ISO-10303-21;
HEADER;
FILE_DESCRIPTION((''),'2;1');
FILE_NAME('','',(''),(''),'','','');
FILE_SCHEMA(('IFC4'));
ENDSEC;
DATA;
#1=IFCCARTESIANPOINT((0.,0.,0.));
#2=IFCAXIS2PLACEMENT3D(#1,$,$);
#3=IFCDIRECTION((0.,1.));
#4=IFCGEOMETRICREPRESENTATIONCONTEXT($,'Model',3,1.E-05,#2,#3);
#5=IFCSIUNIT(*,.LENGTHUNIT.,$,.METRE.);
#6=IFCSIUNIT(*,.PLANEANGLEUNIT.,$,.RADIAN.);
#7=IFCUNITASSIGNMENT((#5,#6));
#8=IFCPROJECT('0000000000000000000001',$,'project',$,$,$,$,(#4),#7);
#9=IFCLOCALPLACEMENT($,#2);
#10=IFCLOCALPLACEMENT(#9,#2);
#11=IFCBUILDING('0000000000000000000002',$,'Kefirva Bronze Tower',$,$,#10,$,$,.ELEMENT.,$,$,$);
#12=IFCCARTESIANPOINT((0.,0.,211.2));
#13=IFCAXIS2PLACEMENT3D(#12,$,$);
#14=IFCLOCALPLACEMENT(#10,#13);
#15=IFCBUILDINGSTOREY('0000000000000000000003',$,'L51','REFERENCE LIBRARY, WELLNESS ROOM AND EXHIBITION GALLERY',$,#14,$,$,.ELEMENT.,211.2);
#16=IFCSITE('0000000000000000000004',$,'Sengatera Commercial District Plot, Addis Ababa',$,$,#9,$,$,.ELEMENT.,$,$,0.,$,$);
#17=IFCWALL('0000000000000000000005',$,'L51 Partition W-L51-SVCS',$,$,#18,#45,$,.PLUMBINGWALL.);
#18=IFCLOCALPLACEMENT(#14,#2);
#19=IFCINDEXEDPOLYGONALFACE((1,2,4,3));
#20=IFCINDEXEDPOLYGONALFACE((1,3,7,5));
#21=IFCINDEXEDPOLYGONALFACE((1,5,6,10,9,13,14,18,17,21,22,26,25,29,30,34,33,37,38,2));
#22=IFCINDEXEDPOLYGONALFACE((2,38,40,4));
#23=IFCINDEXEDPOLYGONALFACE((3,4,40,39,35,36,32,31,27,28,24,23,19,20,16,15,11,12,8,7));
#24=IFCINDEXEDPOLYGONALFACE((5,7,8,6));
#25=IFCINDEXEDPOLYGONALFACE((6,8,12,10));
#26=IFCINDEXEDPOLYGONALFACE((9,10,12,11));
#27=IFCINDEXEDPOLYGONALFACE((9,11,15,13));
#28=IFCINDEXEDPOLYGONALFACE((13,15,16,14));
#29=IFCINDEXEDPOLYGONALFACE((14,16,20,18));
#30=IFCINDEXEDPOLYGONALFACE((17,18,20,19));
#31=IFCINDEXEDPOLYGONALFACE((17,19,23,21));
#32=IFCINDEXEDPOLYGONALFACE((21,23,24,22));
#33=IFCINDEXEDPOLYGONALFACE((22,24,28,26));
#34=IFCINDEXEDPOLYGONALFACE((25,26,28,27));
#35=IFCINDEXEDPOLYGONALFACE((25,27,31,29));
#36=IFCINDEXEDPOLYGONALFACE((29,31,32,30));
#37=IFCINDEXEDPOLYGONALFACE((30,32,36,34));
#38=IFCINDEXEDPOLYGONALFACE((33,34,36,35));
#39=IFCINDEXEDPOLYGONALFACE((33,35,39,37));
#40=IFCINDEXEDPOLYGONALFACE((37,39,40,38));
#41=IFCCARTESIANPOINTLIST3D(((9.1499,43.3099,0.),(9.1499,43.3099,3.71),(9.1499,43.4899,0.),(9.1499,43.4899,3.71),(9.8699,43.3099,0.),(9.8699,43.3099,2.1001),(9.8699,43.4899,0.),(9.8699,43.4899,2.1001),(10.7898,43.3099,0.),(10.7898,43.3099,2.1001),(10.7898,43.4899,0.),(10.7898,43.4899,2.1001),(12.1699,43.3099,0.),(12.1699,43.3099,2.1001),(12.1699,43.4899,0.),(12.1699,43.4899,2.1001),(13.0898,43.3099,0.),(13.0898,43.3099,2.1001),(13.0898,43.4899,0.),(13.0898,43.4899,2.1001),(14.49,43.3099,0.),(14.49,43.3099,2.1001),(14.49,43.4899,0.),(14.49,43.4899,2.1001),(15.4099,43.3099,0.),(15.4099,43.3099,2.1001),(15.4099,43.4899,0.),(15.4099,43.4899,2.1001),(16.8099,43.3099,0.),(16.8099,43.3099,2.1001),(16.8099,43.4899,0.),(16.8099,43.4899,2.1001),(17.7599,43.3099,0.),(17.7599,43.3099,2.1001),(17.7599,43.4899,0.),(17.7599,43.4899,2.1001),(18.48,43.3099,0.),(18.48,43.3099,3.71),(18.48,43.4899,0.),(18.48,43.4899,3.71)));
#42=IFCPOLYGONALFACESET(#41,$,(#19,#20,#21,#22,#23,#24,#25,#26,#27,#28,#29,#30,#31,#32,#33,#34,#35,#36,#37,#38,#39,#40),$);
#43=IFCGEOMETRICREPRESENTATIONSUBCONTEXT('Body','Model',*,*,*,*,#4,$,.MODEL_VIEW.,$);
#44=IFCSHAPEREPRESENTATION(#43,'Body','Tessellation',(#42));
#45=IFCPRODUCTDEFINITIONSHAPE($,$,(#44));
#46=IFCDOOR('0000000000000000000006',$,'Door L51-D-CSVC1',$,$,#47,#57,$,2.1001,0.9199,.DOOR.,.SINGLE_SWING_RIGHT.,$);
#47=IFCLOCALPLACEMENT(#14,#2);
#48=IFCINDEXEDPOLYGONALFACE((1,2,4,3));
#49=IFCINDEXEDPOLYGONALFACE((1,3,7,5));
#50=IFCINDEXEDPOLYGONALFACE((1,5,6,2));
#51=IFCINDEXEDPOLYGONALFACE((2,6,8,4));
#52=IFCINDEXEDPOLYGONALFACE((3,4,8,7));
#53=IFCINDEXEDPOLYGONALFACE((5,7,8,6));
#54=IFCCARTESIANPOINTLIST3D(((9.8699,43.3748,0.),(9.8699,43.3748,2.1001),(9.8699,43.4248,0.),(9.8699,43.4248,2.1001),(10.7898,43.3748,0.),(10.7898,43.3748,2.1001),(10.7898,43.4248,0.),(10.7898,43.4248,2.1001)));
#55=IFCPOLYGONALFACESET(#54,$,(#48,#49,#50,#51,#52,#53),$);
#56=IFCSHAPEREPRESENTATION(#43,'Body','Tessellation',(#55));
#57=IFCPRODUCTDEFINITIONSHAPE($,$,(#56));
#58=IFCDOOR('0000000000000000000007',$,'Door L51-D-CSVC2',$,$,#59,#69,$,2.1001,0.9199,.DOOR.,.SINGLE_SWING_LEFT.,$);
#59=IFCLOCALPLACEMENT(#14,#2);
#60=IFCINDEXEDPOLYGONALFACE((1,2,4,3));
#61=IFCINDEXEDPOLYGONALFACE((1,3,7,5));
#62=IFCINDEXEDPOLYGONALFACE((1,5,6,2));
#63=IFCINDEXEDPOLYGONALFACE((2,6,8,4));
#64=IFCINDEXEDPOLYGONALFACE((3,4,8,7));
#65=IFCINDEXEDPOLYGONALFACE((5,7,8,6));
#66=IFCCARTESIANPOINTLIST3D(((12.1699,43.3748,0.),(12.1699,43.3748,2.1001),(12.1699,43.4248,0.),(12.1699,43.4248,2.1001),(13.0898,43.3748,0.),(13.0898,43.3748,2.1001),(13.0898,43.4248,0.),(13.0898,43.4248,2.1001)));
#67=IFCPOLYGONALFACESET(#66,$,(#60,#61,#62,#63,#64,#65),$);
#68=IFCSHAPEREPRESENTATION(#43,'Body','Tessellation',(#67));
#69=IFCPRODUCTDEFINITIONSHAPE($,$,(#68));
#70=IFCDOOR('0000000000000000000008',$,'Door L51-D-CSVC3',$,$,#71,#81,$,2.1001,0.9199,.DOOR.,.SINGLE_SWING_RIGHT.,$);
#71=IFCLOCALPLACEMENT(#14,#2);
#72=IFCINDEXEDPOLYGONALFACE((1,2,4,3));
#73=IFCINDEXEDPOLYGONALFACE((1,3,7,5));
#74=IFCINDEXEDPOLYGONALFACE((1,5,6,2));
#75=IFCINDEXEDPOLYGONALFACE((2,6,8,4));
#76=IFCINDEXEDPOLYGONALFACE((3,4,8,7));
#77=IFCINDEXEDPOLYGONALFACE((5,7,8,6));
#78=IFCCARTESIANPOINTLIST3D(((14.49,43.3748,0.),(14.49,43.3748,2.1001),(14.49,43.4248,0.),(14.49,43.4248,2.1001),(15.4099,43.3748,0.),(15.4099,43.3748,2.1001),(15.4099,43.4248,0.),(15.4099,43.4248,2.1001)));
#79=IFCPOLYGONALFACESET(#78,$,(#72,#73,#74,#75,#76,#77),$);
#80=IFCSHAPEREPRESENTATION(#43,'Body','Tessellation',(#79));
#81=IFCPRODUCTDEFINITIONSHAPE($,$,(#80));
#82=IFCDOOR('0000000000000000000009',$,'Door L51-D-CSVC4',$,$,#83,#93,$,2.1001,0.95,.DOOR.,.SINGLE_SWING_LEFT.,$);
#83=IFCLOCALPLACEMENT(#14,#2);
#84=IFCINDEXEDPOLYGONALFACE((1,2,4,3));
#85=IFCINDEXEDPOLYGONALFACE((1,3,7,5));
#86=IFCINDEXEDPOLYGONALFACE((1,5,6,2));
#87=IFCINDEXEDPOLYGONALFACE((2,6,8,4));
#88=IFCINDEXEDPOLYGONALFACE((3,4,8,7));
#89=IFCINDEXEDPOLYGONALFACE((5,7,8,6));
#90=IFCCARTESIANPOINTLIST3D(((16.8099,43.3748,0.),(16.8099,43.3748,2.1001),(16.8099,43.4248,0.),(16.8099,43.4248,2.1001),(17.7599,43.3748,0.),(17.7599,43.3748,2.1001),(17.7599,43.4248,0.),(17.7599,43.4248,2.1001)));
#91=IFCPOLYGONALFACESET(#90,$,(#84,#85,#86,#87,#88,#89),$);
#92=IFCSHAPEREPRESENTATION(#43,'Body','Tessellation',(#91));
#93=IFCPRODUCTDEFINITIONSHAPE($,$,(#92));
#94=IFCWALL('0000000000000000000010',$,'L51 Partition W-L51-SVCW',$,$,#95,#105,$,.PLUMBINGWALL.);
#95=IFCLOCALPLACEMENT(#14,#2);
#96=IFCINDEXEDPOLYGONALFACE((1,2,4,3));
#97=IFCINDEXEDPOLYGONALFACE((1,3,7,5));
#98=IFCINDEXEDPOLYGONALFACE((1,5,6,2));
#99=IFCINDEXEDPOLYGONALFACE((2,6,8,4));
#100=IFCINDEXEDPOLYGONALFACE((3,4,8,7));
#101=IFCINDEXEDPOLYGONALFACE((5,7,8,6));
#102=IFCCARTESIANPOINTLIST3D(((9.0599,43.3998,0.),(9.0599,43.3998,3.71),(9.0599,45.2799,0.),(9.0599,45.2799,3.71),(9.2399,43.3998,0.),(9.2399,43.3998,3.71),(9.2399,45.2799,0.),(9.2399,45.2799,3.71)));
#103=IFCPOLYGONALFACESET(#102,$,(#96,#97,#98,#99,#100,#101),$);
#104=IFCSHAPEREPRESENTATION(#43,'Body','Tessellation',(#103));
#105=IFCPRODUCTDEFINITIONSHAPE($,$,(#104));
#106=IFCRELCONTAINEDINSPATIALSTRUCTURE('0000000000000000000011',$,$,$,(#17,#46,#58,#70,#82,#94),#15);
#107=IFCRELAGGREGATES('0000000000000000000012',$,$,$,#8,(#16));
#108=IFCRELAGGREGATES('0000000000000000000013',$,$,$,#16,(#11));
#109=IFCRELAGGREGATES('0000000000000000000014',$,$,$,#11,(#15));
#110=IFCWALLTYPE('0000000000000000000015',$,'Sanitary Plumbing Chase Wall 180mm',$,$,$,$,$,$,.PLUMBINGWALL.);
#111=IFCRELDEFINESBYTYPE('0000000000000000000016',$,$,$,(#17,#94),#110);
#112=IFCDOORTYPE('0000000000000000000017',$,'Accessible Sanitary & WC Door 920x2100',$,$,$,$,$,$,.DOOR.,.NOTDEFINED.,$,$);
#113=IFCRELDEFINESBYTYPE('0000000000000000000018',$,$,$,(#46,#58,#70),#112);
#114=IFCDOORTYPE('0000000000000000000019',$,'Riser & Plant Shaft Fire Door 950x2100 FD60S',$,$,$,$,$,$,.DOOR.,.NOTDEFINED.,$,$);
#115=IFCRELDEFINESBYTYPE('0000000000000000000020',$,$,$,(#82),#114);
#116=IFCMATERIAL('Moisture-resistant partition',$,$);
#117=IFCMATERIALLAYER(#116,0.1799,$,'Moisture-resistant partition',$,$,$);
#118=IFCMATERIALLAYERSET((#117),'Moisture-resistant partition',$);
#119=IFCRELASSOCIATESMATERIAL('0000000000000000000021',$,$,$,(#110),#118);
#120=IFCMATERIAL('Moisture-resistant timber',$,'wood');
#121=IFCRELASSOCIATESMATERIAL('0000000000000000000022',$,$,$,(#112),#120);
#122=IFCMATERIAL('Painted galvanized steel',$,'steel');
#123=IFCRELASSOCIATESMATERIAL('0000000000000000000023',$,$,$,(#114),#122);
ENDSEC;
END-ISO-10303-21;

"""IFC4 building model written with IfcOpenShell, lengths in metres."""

from ifc_helpers import new_model, si_unit, direction, frame, frame_2d, origin, place, context, subcontext, project, spatial, rectangle, extrude, material, layer, layer_set, type_object, element, fill, save


model = new_model("IFC4")

# Units and contexts
model_context = context("Model", 3, precision=1e-05, world=origin(), true_north=direction((0.0, 1.0)))
body_context = subcontext(model_context, "Body", "Model", "MODEL_VIEW")
ifc_project = project(units=[si_unit("LENGTHUNIT", "METRE"), si_unit("PLANEANGLEUNIT", "RADIAN")], contexts=[model_context])

# Site, building, storey
site_placement = place(None, origin())
site = spatial("IfcSite", under=ifc_project, at=site_placement, Name="Sengatera Commercial District Plot, Addis Ababa", CompositionType="ELEMENT", RefElevation=0.0)
building_placement = place(site_placement, origin())
building = spatial("IfcBuilding", under=site, at=building_placement, Name="Kefirva Bronze Tower", CompositionType="ELEMENT")
storey_placement = place(building_placement, frame((0.0, 0.0, 211.2)))
storey = spatial("IfcBuildingStorey", under=building, at=storey_placement, Name="L51", Description="REFERENCE LIBRARY, WELLNESS ROOM AND EXHIBITION GALLERY", CompositionType="ELEMENT", Elevation=211.2)

# Wall, openings, doors
ifc_material_1 = material(Name="Moisture-resistant partition")
ifc_layer_1 = layer(ifc_material_1, 0.1799, Name="Moisture-resistant partition")
ifc_layer_set_1 = layer_set([ifc_layer_1], Name="Moisture-resistant partition")
wall_type_1 = type_object("IfcWallType", Name="Sanitary Plumbing Chase Wall 180mm", PredefinedType="PLUMBINGWALL", material=ifc_layer_set_1)
wall_1_placement = place(storey_placement, frame((9.1499, 43.3999, 0.0), z_axis=(0.0, 0.0, 1.0), x_axis=(1.0, 0.0, 0.0)))
wall_1 = element("IfcWall", 1, at=wall_1_placement, inside=storey, type_object=wall_type_1, Name="L51 Partition W-L51-SVCS", PredefinedType="PLUMBINGWALL", context=body_context, shape_type="SweptSolid", body=[
    extrude(rectangle(XDim=9.3301, YDim=0.1799, at=frame_2d((4.665, 0.0))), origin(), (0.0, 0.0, 1.0), 3.71),
])
opening_1_placement = place(wall_1_placement, frame((0.72, 0.0, 0.0)))
opening_1 = element("IfcOpeningElement", 2, at=opening_1_placement, cuts=wall_1, PredefinedType="OPENING", context=body_context, shape_type="SweptSolid", body=[
    extrude(rectangle(XDim=0.9199, YDim=2.1001, at=frame_2d((0.46, 1.05))), frame((0.0, 0.1001, 0.0), z_axis=(0.0, -1.0, 0.0), x_axis=(1.0, 0.0, 0.0)), (0.0, 0.0, 1.0), 0.2),
])
opening_2_placement = place(wall_1_placement, frame((3.02, 0.0, 0.0)))
opening_2 = element("IfcOpeningElement", 3, at=opening_2_placement, cuts=wall_1, PredefinedType="OPENING", context=body_context, shape_type="SweptSolid", body=[
    extrude(rectangle(XDim=0.9199, YDim=2.1001, at=frame_2d((0.46, 1.05))), frame((0.0, 0.1001, 0.0), z_axis=(0.0, -1.0, 0.0), x_axis=(1.0, 0.0, 0.0)), (0.0, 0.0, 1.0), 0.2),
])
opening_3_placement = place(wall_1_placement, frame((5.3401, 0.0, 0.0)))
opening_3 = element("IfcOpeningElement", 4, at=opening_3_placement, cuts=wall_1, PredefinedType="OPENING", context=body_context, shape_type="SweptSolid", body=[
    extrude(rectangle(XDim=0.9199, YDim=2.1001, at=frame_2d((0.46, 1.05))), frame((0.0, 0.1001, 0.0), z_axis=(0.0, -1.0, 0.0), x_axis=(1.0, 0.0, 0.0)), (0.0, 0.0, 1.0), 0.2),
])
opening_4_placement = place(wall_1_placement, frame((7.6599, 0.0, 0.0)))
opening_4 = element("IfcOpeningElement", 5, at=opening_4_placement, cuts=wall_1, PredefinedType="OPENING", context=body_context, shape_type="SweptSolid", body=[
    extrude(rectangle(XDim=0.95, YDim=2.1001, at=frame_2d((0.4751, 1.05))), frame((0.0, 0.1001, 0.0), z_axis=(0.0, -1.0, 0.0), x_axis=(1.0, 0.0, 0.0)), (0.0, 0.0, 1.0), 0.2),
])
ifc_material_2 = material(Name="Moisture-resistant timber", Category="wood")
door_type_1 = type_object("IfcDoorType", Name="Accessible Sanitary & WC Door 920x2100", OperationType="NOTDEFINED", PredefinedType="DOOR", material=ifc_material_2)
door_1_placement = place(opening_1_placement, origin())
door_1 = element("IfcDoor", 6, at=door_1_placement, inside=storey, type_object=door_type_1, Name="Door L51-D-CSVC1", OperationType="SINGLE_SWING_RIGHT", OverallHeight=2.1001, OverallWidth=0.9199, PredefinedType="DOOR", context=body_context, shape_type="SweptSolid", body=[
    extrude(rectangle(XDim=0.9199, YDim=2.1001, at=frame_2d((0.46, 1.05))), frame((0.0, 0.0249, 0.0), z_axis=(0.0, -1.0, 0.0), x_axis=(1.0, 0.0, 0.0)), (0.0, 0.0, 1.0), 0.05),
])
fill(opening_1, door_1)
door_2_placement = place(opening_2_placement, origin())
door_2 = element("IfcDoor", 7, at=door_2_placement, inside=storey, type_object=door_type_1, Name="Door L51-D-CSVC2", OperationType="SINGLE_SWING_LEFT", OverallHeight=2.1001, OverallWidth=0.9199, PredefinedType="DOOR", context=body_context, shape_type="SweptSolid", body=[
    extrude(rectangle(XDim=0.9199, YDim=2.1001, at=frame_2d((0.46, 1.05))), frame((0.0, 0.0249, 0.0), z_axis=(0.0, -1.0, 0.0), x_axis=(1.0, 0.0, 0.0)), (0.0, 0.0, 1.0), 0.05),
])
fill(opening_2, door_2)
door_3_placement = place(opening_3_placement, origin())
door_3 = element("IfcDoor", 8, at=door_3_placement, inside=storey, type_object=door_type_1, Name="Door L51-D-CSVC3", OperationType="SINGLE_SWING_RIGHT", OverallHeight=2.1001, OverallWidth=0.9199, PredefinedType="DOOR", context=body_context, shape_type="SweptSolid", body=[
    extrude(rectangle(XDim=0.9199, YDim=2.1001, at=frame_2d((0.46, 1.05))), frame((0.0, 0.0249, 0.0), z_axis=(0.0, -1.0, 0.0), x_axis=(1.0, 0.0, 0.0)), (0.0, 0.0, 1.0), 0.05),
])
fill(opening_3, door_3)
ifc_material_3 = material(Name="Painted galvanized steel", Category="steel")
door_type_2 = type_object("IfcDoorType", Name="Riser & Plant Shaft Fire Door 950x2100 FD60S", OperationType="NOTDEFINED", PredefinedType="DOOR", material=ifc_material_3)
door_4_placement = place(opening_4_placement, origin())
door_4 = element("IfcDoor", 9, at=door_4_placement, inside=storey, type_object=door_type_2, Name="Door L51-D-CSVC4", OperationType="SINGLE_SWING_LEFT", OverallHeight=2.1001, OverallWidth=0.95, PredefinedType="DOOR", context=body_context, shape_type="SweptSolid", body=[
    extrude(rectangle(XDim=0.95, YDim=2.1001, at=frame_2d((0.4751, 1.05))), frame((0.0, 0.0249, 0.0), z_axis=(0.0, -1.0, 0.0), x_axis=(1.0, 0.0, 0.0)), (0.0, 0.0, 1.0), 0.05),
])
fill(opening_4, door_4)

# Wall
wall_2_placement = place(storey_placement, frame((9.1499, 43.3999, 0.0), z_axis=(0.0, 0.0, 1.0), x_axis=(0.0, 1.0, 0.0)))
element("IfcWall", 10, at=wall_2_placement, inside=storey, type_object=wall_type_1, Name="L51 Partition W-L51-SVCW", PredefinedType="PLUMBINGWALL", context=body_context, shape_type="SweptSolid", body=[
    extrude(rectangle(XDim=1.8801, YDim=0.1799, at=frame_2d((0.9399, 0.0))), origin(), (0.0, 0.0, 1.0), 3.71),
])

save(model, "model.ifc")
